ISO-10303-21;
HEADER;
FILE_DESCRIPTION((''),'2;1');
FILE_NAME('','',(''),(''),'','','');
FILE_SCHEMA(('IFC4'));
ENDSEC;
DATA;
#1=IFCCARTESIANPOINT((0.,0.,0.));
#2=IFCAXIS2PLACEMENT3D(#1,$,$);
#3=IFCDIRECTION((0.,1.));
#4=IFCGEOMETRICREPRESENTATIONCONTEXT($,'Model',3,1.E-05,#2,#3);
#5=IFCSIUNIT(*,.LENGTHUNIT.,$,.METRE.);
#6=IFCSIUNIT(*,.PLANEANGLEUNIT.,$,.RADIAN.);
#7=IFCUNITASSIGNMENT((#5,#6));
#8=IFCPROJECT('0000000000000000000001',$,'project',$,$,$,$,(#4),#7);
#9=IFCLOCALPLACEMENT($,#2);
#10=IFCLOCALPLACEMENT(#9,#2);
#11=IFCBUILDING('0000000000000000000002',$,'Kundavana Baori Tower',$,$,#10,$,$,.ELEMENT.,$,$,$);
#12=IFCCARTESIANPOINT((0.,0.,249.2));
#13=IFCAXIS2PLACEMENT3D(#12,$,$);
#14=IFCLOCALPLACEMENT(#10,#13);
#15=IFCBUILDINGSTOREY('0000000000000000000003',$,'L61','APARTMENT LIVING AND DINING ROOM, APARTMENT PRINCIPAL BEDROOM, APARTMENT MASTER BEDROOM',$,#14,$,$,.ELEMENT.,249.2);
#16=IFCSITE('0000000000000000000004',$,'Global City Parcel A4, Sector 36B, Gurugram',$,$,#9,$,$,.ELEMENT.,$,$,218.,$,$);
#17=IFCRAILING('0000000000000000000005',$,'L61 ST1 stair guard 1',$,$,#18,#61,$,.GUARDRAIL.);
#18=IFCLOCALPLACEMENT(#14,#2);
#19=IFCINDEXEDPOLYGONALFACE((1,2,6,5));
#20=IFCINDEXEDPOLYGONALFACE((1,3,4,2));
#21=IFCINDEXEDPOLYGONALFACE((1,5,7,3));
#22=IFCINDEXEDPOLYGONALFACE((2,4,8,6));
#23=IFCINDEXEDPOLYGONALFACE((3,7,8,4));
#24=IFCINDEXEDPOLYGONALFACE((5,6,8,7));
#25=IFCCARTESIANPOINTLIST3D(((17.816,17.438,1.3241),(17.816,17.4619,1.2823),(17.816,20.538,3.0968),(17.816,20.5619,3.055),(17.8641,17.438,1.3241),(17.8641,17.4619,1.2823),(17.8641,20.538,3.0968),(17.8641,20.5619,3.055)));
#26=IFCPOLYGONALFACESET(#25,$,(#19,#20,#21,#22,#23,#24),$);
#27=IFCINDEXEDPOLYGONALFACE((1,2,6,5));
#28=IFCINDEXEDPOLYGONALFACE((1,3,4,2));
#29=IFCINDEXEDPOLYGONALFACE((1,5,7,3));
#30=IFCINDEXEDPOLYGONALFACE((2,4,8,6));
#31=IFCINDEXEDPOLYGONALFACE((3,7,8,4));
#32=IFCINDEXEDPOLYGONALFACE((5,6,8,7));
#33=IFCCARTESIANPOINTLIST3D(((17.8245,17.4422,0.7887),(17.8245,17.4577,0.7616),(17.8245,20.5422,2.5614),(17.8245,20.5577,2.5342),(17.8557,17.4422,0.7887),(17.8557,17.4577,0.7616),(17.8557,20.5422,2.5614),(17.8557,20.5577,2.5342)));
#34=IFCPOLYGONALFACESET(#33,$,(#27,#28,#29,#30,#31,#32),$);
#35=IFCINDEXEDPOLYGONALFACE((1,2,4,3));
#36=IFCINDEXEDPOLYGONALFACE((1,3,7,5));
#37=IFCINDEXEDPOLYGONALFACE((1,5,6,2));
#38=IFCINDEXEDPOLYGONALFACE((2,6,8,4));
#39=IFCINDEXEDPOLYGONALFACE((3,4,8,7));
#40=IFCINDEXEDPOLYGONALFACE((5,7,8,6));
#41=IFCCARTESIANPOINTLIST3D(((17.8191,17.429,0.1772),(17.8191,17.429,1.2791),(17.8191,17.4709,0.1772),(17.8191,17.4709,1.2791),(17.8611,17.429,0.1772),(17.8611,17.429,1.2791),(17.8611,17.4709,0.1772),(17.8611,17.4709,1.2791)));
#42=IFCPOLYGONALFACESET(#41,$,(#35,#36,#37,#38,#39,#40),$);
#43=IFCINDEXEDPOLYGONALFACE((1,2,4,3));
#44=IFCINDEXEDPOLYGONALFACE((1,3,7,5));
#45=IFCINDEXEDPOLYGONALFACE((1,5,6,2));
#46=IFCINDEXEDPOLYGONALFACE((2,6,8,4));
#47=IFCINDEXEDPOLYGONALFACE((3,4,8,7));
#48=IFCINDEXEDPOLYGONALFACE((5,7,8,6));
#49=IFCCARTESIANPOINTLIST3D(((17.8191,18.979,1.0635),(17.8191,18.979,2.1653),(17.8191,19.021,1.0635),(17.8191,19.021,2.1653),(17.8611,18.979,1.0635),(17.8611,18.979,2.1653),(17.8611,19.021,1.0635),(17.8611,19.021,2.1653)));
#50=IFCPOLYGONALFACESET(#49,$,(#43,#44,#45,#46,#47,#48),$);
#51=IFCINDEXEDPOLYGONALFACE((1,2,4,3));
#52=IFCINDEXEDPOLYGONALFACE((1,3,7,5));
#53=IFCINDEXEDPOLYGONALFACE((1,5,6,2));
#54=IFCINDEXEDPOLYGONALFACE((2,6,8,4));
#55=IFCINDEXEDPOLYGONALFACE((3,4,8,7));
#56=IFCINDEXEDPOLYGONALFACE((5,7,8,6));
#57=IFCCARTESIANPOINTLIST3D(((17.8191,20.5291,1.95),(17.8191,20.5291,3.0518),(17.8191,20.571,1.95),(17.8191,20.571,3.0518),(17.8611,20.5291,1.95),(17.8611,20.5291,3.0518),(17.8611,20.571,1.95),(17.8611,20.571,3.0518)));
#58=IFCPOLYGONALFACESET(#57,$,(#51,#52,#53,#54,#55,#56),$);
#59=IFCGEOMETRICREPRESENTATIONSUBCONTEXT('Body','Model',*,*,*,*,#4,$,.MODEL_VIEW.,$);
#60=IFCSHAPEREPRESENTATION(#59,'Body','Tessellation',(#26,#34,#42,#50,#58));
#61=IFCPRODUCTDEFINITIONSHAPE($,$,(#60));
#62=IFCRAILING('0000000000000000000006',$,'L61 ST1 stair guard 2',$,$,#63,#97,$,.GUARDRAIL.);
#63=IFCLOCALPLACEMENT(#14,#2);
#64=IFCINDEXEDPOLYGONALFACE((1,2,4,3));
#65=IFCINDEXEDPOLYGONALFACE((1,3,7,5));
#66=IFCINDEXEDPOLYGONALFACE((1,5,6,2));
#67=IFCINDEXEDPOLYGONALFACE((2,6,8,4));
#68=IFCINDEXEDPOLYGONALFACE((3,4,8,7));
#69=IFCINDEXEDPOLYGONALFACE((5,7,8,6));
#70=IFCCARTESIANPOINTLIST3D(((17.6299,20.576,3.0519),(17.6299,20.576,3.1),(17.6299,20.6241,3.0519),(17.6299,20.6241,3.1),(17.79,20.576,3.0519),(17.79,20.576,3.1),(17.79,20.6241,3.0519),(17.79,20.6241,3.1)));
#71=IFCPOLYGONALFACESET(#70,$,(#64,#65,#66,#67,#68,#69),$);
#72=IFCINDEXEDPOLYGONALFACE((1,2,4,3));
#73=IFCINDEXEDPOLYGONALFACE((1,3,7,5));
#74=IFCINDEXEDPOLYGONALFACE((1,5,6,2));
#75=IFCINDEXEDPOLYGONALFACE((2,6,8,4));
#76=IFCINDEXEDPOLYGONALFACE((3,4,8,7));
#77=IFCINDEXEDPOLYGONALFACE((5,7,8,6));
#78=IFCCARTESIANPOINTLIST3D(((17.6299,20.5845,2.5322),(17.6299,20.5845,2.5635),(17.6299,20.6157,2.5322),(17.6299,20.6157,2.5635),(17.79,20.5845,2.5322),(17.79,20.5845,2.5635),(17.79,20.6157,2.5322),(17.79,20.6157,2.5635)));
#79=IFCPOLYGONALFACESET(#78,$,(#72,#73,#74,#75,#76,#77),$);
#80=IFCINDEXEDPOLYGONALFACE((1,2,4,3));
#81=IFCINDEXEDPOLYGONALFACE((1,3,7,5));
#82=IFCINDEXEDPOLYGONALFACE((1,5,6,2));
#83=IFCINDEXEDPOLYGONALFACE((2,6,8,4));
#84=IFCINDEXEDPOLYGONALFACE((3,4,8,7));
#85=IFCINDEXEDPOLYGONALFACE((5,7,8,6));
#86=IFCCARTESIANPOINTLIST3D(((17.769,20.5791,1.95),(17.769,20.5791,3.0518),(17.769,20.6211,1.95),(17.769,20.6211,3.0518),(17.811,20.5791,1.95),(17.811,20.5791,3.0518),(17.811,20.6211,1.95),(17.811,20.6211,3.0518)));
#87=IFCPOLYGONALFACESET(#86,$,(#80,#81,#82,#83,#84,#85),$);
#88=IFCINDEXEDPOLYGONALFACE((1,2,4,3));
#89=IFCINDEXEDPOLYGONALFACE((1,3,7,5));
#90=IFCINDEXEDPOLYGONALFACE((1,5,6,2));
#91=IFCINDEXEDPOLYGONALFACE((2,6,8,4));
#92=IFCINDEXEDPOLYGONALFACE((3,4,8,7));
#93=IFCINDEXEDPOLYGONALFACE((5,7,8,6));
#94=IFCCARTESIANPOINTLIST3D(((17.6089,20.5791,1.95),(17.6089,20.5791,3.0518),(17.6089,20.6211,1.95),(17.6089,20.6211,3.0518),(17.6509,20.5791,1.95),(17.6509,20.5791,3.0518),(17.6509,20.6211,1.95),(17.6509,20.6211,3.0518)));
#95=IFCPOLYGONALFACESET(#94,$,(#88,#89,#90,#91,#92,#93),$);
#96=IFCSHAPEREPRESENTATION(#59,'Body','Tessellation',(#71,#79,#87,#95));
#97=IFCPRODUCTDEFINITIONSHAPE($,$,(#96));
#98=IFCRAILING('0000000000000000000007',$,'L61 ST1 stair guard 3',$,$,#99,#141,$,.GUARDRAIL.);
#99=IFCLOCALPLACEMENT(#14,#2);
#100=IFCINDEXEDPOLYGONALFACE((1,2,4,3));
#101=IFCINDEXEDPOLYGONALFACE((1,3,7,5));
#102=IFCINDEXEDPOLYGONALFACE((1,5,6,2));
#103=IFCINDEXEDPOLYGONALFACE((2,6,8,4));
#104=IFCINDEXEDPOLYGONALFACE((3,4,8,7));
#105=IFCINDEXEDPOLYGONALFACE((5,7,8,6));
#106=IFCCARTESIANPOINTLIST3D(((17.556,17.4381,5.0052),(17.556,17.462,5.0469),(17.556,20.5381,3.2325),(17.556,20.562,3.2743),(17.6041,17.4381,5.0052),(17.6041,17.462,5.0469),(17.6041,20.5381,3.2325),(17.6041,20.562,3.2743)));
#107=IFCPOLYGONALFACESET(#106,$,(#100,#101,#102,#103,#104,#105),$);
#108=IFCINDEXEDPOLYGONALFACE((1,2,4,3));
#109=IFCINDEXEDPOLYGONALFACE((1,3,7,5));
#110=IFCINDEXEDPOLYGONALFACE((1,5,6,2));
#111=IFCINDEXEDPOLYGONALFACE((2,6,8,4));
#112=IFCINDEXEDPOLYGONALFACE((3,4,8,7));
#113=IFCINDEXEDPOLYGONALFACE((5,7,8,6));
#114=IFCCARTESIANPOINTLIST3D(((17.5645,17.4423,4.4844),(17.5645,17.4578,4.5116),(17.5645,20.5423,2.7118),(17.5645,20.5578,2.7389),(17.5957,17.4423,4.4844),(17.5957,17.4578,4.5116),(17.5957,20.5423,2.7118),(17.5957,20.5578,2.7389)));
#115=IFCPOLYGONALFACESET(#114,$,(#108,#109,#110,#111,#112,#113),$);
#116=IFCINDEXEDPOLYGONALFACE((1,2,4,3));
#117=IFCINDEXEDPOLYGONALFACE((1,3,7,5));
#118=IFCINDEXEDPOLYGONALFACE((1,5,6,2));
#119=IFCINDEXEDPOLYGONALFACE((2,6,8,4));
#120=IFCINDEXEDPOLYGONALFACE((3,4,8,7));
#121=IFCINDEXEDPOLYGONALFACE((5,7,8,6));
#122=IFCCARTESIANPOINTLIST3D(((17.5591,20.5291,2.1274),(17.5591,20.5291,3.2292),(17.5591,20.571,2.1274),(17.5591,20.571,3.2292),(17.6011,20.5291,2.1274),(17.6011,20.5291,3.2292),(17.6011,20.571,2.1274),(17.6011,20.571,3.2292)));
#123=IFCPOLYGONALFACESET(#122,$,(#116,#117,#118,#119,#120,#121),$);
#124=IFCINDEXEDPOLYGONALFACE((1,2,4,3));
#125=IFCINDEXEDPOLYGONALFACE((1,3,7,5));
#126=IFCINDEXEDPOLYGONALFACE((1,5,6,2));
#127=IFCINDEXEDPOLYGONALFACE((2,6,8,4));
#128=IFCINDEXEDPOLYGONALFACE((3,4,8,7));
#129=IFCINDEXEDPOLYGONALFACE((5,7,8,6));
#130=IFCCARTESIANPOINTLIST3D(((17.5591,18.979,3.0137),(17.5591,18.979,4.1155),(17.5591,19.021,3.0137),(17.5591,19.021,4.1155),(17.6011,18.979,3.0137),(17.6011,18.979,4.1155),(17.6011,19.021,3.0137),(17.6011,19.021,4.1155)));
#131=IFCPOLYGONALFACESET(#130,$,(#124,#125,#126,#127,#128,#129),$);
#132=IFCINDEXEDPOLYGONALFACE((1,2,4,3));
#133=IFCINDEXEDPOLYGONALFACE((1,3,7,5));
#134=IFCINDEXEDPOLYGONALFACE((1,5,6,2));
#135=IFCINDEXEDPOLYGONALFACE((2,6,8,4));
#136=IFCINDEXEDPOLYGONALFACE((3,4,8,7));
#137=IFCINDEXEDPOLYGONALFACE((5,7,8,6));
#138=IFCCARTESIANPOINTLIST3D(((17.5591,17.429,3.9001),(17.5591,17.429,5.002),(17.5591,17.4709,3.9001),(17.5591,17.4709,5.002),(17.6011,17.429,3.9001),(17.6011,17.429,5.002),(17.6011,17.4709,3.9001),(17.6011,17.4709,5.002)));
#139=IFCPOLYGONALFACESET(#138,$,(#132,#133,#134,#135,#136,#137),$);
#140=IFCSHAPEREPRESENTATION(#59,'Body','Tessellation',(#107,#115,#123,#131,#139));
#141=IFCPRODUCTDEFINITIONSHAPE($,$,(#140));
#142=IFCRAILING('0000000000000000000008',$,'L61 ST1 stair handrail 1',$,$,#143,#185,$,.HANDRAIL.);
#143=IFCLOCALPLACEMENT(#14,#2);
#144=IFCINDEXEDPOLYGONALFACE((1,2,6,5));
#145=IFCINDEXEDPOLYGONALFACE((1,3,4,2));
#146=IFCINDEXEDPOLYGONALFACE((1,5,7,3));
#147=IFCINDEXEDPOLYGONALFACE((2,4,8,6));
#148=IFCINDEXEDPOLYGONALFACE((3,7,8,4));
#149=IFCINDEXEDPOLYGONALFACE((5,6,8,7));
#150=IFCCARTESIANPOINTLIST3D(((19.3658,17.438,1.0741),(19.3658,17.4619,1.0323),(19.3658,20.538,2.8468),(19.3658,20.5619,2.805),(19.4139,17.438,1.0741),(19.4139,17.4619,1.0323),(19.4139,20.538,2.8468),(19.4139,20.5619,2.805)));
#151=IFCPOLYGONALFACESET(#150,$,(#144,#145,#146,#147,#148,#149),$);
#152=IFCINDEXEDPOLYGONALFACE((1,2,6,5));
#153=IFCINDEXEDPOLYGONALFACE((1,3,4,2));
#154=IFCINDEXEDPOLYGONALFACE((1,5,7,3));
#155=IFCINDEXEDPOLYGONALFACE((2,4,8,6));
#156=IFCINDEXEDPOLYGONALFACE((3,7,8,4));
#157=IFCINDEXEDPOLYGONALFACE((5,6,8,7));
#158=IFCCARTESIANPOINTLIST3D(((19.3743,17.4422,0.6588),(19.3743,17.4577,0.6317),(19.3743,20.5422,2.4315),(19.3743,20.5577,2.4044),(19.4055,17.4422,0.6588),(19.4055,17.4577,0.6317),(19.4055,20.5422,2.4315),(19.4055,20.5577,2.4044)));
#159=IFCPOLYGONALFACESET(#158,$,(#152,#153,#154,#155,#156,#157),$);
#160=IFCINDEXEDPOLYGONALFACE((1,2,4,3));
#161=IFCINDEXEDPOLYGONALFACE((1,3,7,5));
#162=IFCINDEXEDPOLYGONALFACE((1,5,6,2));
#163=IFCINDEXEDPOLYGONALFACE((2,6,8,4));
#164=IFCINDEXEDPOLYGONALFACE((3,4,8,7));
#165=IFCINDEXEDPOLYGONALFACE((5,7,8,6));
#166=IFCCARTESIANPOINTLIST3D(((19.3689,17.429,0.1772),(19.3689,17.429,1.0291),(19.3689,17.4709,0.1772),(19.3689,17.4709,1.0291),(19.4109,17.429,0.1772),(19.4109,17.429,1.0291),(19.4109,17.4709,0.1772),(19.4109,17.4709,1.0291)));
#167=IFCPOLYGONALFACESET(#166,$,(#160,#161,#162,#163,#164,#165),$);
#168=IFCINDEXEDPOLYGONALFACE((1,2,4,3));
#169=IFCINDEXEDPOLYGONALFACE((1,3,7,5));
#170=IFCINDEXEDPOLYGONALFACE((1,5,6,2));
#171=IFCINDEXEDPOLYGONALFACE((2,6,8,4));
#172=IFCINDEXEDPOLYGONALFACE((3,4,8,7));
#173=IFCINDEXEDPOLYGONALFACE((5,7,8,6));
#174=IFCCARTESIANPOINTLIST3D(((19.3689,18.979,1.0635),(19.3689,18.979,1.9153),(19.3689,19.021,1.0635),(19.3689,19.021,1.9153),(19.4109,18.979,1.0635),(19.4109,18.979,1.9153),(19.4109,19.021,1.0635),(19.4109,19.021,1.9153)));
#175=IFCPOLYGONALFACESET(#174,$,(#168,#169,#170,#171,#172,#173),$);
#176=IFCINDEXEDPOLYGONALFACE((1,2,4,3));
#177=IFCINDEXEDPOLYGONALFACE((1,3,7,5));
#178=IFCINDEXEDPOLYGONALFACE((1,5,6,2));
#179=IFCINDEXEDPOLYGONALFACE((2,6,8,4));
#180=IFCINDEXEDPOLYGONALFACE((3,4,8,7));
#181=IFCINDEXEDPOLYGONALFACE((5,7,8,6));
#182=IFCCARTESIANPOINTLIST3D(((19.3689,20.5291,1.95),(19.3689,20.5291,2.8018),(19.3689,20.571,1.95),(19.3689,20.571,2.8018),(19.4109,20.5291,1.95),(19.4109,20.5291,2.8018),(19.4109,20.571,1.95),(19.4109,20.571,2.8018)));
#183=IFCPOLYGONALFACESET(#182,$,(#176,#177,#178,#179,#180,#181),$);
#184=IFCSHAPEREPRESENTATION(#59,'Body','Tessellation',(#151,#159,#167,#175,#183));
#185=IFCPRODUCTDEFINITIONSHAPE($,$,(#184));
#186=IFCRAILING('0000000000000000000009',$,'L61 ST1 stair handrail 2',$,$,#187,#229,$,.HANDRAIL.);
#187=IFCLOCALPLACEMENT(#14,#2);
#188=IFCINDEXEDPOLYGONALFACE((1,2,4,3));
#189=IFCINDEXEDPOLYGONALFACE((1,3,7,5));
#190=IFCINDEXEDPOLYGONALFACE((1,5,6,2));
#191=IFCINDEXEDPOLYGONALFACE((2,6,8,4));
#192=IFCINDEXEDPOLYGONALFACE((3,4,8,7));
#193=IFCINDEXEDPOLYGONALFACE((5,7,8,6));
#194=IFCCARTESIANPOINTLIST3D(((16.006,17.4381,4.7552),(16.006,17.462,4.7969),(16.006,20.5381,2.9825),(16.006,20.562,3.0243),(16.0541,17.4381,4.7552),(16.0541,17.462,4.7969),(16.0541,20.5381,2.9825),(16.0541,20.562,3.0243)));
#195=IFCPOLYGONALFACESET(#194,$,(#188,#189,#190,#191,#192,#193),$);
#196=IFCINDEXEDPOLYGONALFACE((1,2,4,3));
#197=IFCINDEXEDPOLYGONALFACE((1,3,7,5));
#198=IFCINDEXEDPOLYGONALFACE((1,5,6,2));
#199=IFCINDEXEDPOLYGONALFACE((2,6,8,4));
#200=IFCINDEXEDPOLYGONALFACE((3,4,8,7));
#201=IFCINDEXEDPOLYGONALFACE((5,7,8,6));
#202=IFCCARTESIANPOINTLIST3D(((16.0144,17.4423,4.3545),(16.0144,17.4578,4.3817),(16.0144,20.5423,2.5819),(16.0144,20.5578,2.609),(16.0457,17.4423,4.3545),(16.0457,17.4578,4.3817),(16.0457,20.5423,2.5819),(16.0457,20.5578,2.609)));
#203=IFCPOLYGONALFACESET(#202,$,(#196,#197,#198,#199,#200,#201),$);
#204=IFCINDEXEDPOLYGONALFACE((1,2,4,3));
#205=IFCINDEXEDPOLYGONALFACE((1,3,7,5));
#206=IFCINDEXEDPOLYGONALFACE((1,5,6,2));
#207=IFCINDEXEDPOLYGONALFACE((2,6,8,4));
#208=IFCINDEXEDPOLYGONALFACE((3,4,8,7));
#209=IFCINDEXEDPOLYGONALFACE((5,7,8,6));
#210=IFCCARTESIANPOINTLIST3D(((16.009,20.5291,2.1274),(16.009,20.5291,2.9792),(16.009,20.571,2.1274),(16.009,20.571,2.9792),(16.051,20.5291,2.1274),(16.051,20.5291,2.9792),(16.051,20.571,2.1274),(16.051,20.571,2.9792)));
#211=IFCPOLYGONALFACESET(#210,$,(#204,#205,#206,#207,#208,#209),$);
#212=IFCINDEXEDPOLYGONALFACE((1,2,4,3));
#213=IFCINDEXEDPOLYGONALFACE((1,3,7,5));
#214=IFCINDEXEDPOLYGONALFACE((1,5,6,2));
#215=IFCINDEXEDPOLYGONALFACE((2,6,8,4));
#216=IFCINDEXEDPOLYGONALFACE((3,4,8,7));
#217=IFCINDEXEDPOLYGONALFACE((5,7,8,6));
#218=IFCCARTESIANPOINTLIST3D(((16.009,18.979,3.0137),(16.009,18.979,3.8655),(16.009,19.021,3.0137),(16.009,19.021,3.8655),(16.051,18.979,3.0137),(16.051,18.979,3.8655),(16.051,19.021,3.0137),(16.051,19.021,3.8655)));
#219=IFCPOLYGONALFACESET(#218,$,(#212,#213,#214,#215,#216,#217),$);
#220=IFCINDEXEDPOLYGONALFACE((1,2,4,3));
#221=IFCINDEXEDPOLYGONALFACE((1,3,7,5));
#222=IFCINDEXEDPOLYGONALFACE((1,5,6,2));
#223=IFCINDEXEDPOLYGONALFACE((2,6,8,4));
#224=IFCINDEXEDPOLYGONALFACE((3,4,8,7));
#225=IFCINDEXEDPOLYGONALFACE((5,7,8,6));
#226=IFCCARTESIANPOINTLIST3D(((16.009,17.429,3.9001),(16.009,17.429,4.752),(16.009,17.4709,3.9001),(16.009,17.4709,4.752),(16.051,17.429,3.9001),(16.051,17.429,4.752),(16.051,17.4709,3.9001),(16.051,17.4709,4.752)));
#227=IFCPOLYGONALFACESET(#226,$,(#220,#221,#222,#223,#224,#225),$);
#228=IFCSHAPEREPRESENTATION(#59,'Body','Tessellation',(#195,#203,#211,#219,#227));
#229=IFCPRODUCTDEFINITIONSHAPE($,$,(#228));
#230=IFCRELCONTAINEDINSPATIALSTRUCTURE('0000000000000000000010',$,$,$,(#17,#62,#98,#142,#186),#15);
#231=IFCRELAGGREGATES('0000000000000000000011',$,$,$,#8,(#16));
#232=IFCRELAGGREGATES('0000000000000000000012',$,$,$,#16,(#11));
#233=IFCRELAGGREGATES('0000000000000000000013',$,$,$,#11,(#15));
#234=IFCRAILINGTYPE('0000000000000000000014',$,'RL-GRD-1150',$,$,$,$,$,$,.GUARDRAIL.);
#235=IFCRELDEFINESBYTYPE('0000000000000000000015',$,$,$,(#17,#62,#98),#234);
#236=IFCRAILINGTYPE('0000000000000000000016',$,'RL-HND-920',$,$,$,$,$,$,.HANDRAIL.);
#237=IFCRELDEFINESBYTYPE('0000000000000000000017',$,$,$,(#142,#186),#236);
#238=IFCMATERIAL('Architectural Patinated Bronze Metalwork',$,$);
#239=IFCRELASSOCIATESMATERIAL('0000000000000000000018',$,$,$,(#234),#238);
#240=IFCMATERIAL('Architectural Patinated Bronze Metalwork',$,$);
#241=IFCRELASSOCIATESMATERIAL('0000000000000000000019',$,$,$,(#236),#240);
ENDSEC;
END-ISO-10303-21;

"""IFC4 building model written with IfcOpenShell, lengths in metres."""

from ifc_helpers import new_model, si_unit, direction, frame, origin, origin_2d, place, context, subcontext, project, spatial, rectangle, extrude, material, type_object, element, save


model = new_model("IFC4")

# Units and contexts
model_context = context("Model", 3, precision=1e-05, world=origin(), true_north=direction((0.0, 1.0)))
body_context = subcontext(model_context, "Body", "Model", "MODEL_VIEW")
ifc_project = project(units=[si_unit("LENGTHUNIT", "METRE"), si_unit("PLANEANGLEUNIT", "RADIAN")], contexts=[model_context])

# Site, building, storey
site_placement = place(None, origin())
site = spatial("IfcSite", under=ifc_project, at=site_placement, Name="Global City Parcel A4, Sector 36B, Gurugram", CompositionType="ELEMENT", RefElevation=218.0)
building_placement = place(site_placement, origin())
building = spatial("IfcBuilding", under=site, at=building_placement, Name="Kundavana Baori Tower", CompositionType="ELEMENT")
storey_placement = place(building_placement, frame((0.0, 0.0, 249.2)))
storey = spatial("IfcBuildingStorey", under=building, at=storey_placement, Name="L61", Description="APARTMENT LIVING AND DINING ROOM, APARTMENT PRINCIPAL BEDROOM, APARTMENT MASTER BEDROOM", CompositionType="ELEMENT", Elevation=249.2)

# Railings
ifc_material_1 = material(Name="Architectural Patinated Bronze Metalwork")
railing_type_1 = type_object("IfcRailingType", Name="RL-GRD-1150", PredefinedType="GUARDRAIL", material=ifc_material_1)
railing_1_placement = place(storey_placement, frame((17.8401, 17.45, 0.1772)))
element("IfcRailing", 1, at=railing_1_placement, inside=storey, type_object=railing_type_1, Name="L61 ST1 stair guard 1", PredefinedType="GUARDRAIL", context=body_context, shape_type="SweptSolid", body=[
    extrude(rectangle(XDim=0.0481, YDim=0.0481, at=origin_2d()), frame((0.0, 0.0, 1.126), z_axis=(0.0, 0.868096, 0.496397), x_axis=(-1.0, 0.0, 0.0)), (0.0, 0.0, 1.0), 3.571),
    extrude(rectangle(XDim=0.0312, YDim=0.0312, at=origin_2d()), frame((0.0, 0.0, 0.5979), z_axis=(0.0, 0.868096, 0.496397), x_axis=(-1.0, 0.0, 0.0)), (0.0, 0.0, 1.0), 3.571),
    extrude(rectangle(XDim=0.042, YDim=0.042, at=origin_2d()), origin(), (0.0, 0.0, 1.0), 1.1018),
    extrude(rectangle(XDim=0.042, YDim=0.042, at=origin_2d()), frame((0.0, 1.55, 0.8862)), (0.0, 0.0, 1.0), 1.1018),
    extrude(rectangle(XDim=0.042, YDim=0.042, at=origin_2d()), frame((0.0, 3.1001, 1.7727)), (0.0, 0.0, 1.0), 1.1018),
])
railing_2_placement = place(storey_placement, frame((17.79, 20.6001, 1.95)))
element("IfcRailing", 2, at=railing_2_placement, inside=storey, type_object=railing_type_1, Name="L61 ST1 stair guard 2", PredefinedType="GUARDRAIL", context=body_context, shape_type="SweptSolid", body=[
    extrude(rectangle(XDim=0.0481, YDim=0.0481, at=origin_2d()), frame((0.0, 0.0, 1.126), z_axis=(-1.0, 0.0, 0.0), x_axis=(0.0, -1.0, 0.0)), (0.0, 0.0, 1.0), 0.1602),
    extrude(rectangle(XDim=0.0312, YDim=0.0312, at=origin_2d()), frame((0.0, 0.0, 0.5979), z_axis=(-1.0, 0.0, 0.0), x_axis=(0.0, -1.0, 0.0)), (0.0, 0.0, 1.0), 0.1602),
    extrude(rectangle(XDim=0.042, YDim=0.042, at=origin_2d()), origin(), (0.0, 0.0, 1.0), 1.1018),
    extrude(rectangle(XDim=0.042, YDim=0.042, at=origin_2d()), frame((-0.1602, 0.0, 0.0)), (0.0, 0.0, 1.0), 1.1018),
])
railing_3_placement = place(storey_placement, frame((17.5801, 20.55, 2.1274)))
element("IfcRailing", 3, at=railing_3_placement, inside=storey, type_object=railing_type_1, Name="L61 ST1 stair guard 3", PredefinedType="GUARDRAIL", context=body_context, shape_type="SweptSolid", body=[
    extrude(rectangle(XDim=0.0481, YDim=0.0481, at=origin_2d()), frame((0.0, 0.0, 1.126), z_axis=(0.0, -0.868096, 0.496397), x_axis=(1.0, 0.0, 0.0)), (0.0, 0.0, 1.0), 3.571),
    extrude(rectangle(XDim=0.0312, YDim=0.0312, at=origin_2d()), frame((0.0, 0.0, 0.5979), z_axis=(0.0, -0.868096, 0.496397), x_axis=(1.0, 0.0, 0.0)), (0.0, 0.0, 1.0), 3.571),
    extrude(rectangle(XDim=0.042, YDim=0.042, at=origin_2d()), origin(), (0.0, 0.0, 1.0), 1.1018),
    extrude(rectangle(XDim=0.042, YDim=0.042, at=origin_2d()), frame((0.0, -1.55, 0.8862)), (0.0, 0.0, 1.0), 1.1018),
    extrude(rectangle(XDim=0.042, YDim=0.042, at=origin_2d()), frame((0.0, -3.1001, 1.7727)), (0.0, 0.0, 1.0), 1.1018),
])
ifc_material_2 = material(Name="Architectural Patinated Bronze Metalwork")
railing_type_2 = type_object("IfcRailingType", Name="RL-HND-920", PredefinedType="HANDRAIL", material=ifc_material_2)
railing_4_placement = place(storey_placement, frame((19.3899, 17.45, 0.1772)))
element("IfcRailing", 4, at=railing_4_placement, inside=storey, type_object=railing_type_2, Name="L61 ST1 stair handrail 1", PredefinedType="HANDRAIL", context=body_context, shape_type="SweptSolid", body=[
    extrude(rectangle(XDim=0.0481, YDim=0.0481, at=origin_2d()), frame((0.0, 0.0, 0.876), z_axis=(0.0, 0.868096, 0.496397), x_axis=(-1.0, 0.0, 0.0)), (0.0, 0.0, 1.0), 3.571),
    extrude(rectangle(XDim=0.0312, YDim=0.0312, at=origin_2d()), frame((0.0, 0.0, 0.468), z_axis=(0.0, 0.868096, 0.496397), x_axis=(-1.0, 0.0, 0.0)), (0.0, 0.0, 1.0), 3.571),
    extrude(rectangle(XDim=0.042, YDim=0.042, at=origin_2d()), origin(), (0.0, 0.0, 1.0), 0.8518),
    extrude(rectangle(XDim=0.042, YDim=0.042, at=origin_2d()), frame((0.0, 1.55, 0.8862)), (0.0, 0.0, 1.0), 0.8518),
    extrude(rectangle(XDim=0.042, YDim=0.042, at=origin_2d()), frame((0.0, 3.1001, 1.7727)), (0.0, 0.0, 1.0), 0.8518),
])
railing_5_placement = place(storey_placement, frame((16.03, 20.55, 2.1274)))
element("IfcRailing", 5, at=railing_5_placement, inside=storey, type_object=railing_type_2, Name="L61 ST1 stair handrail 2", PredefinedType="HANDRAIL", context=body_context, shape_type="SweptSolid", body=[
    extrude(rectangle(XDim=0.0481, YDim=0.0481, at=origin_2d()), frame((0.0, 0.0, 0.876), z_axis=(0.0, -0.868096, 0.496397), x_axis=(1.0, 0.0, 0.0)), (0.0, 0.0, 1.0), 3.571),
    extrude(rectangle(XDim=0.0312, YDim=0.0312, at=origin_2d()), frame((0.0, 0.0, 0.468), z_axis=(0.0, -0.868096, 0.496397), x_axis=(1.0, 0.0, 0.0)), (0.0, 0.0, 1.0), 3.571),
    extrude(rectangle(XDim=0.042, YDim=0.042, at=origin_2d()), origin(), (0.0, 0.0, 1.0), 0.8518),
    extrude(rectangle(XDim=0.042, YDim=0.042, at=origin_2d()), frame((0.0, -1.55, 0.8862)), (0.0, 0.0, 1.0), 0.8518),
    extrude(rectangle(XDim=0.042, YDim=0.042, at=origin_2d()), frame((0.0, -3.1001, 1.7727)), (0.0, 0.0, 1.0), 0.8518),
])

save(model, "model.ifc")
